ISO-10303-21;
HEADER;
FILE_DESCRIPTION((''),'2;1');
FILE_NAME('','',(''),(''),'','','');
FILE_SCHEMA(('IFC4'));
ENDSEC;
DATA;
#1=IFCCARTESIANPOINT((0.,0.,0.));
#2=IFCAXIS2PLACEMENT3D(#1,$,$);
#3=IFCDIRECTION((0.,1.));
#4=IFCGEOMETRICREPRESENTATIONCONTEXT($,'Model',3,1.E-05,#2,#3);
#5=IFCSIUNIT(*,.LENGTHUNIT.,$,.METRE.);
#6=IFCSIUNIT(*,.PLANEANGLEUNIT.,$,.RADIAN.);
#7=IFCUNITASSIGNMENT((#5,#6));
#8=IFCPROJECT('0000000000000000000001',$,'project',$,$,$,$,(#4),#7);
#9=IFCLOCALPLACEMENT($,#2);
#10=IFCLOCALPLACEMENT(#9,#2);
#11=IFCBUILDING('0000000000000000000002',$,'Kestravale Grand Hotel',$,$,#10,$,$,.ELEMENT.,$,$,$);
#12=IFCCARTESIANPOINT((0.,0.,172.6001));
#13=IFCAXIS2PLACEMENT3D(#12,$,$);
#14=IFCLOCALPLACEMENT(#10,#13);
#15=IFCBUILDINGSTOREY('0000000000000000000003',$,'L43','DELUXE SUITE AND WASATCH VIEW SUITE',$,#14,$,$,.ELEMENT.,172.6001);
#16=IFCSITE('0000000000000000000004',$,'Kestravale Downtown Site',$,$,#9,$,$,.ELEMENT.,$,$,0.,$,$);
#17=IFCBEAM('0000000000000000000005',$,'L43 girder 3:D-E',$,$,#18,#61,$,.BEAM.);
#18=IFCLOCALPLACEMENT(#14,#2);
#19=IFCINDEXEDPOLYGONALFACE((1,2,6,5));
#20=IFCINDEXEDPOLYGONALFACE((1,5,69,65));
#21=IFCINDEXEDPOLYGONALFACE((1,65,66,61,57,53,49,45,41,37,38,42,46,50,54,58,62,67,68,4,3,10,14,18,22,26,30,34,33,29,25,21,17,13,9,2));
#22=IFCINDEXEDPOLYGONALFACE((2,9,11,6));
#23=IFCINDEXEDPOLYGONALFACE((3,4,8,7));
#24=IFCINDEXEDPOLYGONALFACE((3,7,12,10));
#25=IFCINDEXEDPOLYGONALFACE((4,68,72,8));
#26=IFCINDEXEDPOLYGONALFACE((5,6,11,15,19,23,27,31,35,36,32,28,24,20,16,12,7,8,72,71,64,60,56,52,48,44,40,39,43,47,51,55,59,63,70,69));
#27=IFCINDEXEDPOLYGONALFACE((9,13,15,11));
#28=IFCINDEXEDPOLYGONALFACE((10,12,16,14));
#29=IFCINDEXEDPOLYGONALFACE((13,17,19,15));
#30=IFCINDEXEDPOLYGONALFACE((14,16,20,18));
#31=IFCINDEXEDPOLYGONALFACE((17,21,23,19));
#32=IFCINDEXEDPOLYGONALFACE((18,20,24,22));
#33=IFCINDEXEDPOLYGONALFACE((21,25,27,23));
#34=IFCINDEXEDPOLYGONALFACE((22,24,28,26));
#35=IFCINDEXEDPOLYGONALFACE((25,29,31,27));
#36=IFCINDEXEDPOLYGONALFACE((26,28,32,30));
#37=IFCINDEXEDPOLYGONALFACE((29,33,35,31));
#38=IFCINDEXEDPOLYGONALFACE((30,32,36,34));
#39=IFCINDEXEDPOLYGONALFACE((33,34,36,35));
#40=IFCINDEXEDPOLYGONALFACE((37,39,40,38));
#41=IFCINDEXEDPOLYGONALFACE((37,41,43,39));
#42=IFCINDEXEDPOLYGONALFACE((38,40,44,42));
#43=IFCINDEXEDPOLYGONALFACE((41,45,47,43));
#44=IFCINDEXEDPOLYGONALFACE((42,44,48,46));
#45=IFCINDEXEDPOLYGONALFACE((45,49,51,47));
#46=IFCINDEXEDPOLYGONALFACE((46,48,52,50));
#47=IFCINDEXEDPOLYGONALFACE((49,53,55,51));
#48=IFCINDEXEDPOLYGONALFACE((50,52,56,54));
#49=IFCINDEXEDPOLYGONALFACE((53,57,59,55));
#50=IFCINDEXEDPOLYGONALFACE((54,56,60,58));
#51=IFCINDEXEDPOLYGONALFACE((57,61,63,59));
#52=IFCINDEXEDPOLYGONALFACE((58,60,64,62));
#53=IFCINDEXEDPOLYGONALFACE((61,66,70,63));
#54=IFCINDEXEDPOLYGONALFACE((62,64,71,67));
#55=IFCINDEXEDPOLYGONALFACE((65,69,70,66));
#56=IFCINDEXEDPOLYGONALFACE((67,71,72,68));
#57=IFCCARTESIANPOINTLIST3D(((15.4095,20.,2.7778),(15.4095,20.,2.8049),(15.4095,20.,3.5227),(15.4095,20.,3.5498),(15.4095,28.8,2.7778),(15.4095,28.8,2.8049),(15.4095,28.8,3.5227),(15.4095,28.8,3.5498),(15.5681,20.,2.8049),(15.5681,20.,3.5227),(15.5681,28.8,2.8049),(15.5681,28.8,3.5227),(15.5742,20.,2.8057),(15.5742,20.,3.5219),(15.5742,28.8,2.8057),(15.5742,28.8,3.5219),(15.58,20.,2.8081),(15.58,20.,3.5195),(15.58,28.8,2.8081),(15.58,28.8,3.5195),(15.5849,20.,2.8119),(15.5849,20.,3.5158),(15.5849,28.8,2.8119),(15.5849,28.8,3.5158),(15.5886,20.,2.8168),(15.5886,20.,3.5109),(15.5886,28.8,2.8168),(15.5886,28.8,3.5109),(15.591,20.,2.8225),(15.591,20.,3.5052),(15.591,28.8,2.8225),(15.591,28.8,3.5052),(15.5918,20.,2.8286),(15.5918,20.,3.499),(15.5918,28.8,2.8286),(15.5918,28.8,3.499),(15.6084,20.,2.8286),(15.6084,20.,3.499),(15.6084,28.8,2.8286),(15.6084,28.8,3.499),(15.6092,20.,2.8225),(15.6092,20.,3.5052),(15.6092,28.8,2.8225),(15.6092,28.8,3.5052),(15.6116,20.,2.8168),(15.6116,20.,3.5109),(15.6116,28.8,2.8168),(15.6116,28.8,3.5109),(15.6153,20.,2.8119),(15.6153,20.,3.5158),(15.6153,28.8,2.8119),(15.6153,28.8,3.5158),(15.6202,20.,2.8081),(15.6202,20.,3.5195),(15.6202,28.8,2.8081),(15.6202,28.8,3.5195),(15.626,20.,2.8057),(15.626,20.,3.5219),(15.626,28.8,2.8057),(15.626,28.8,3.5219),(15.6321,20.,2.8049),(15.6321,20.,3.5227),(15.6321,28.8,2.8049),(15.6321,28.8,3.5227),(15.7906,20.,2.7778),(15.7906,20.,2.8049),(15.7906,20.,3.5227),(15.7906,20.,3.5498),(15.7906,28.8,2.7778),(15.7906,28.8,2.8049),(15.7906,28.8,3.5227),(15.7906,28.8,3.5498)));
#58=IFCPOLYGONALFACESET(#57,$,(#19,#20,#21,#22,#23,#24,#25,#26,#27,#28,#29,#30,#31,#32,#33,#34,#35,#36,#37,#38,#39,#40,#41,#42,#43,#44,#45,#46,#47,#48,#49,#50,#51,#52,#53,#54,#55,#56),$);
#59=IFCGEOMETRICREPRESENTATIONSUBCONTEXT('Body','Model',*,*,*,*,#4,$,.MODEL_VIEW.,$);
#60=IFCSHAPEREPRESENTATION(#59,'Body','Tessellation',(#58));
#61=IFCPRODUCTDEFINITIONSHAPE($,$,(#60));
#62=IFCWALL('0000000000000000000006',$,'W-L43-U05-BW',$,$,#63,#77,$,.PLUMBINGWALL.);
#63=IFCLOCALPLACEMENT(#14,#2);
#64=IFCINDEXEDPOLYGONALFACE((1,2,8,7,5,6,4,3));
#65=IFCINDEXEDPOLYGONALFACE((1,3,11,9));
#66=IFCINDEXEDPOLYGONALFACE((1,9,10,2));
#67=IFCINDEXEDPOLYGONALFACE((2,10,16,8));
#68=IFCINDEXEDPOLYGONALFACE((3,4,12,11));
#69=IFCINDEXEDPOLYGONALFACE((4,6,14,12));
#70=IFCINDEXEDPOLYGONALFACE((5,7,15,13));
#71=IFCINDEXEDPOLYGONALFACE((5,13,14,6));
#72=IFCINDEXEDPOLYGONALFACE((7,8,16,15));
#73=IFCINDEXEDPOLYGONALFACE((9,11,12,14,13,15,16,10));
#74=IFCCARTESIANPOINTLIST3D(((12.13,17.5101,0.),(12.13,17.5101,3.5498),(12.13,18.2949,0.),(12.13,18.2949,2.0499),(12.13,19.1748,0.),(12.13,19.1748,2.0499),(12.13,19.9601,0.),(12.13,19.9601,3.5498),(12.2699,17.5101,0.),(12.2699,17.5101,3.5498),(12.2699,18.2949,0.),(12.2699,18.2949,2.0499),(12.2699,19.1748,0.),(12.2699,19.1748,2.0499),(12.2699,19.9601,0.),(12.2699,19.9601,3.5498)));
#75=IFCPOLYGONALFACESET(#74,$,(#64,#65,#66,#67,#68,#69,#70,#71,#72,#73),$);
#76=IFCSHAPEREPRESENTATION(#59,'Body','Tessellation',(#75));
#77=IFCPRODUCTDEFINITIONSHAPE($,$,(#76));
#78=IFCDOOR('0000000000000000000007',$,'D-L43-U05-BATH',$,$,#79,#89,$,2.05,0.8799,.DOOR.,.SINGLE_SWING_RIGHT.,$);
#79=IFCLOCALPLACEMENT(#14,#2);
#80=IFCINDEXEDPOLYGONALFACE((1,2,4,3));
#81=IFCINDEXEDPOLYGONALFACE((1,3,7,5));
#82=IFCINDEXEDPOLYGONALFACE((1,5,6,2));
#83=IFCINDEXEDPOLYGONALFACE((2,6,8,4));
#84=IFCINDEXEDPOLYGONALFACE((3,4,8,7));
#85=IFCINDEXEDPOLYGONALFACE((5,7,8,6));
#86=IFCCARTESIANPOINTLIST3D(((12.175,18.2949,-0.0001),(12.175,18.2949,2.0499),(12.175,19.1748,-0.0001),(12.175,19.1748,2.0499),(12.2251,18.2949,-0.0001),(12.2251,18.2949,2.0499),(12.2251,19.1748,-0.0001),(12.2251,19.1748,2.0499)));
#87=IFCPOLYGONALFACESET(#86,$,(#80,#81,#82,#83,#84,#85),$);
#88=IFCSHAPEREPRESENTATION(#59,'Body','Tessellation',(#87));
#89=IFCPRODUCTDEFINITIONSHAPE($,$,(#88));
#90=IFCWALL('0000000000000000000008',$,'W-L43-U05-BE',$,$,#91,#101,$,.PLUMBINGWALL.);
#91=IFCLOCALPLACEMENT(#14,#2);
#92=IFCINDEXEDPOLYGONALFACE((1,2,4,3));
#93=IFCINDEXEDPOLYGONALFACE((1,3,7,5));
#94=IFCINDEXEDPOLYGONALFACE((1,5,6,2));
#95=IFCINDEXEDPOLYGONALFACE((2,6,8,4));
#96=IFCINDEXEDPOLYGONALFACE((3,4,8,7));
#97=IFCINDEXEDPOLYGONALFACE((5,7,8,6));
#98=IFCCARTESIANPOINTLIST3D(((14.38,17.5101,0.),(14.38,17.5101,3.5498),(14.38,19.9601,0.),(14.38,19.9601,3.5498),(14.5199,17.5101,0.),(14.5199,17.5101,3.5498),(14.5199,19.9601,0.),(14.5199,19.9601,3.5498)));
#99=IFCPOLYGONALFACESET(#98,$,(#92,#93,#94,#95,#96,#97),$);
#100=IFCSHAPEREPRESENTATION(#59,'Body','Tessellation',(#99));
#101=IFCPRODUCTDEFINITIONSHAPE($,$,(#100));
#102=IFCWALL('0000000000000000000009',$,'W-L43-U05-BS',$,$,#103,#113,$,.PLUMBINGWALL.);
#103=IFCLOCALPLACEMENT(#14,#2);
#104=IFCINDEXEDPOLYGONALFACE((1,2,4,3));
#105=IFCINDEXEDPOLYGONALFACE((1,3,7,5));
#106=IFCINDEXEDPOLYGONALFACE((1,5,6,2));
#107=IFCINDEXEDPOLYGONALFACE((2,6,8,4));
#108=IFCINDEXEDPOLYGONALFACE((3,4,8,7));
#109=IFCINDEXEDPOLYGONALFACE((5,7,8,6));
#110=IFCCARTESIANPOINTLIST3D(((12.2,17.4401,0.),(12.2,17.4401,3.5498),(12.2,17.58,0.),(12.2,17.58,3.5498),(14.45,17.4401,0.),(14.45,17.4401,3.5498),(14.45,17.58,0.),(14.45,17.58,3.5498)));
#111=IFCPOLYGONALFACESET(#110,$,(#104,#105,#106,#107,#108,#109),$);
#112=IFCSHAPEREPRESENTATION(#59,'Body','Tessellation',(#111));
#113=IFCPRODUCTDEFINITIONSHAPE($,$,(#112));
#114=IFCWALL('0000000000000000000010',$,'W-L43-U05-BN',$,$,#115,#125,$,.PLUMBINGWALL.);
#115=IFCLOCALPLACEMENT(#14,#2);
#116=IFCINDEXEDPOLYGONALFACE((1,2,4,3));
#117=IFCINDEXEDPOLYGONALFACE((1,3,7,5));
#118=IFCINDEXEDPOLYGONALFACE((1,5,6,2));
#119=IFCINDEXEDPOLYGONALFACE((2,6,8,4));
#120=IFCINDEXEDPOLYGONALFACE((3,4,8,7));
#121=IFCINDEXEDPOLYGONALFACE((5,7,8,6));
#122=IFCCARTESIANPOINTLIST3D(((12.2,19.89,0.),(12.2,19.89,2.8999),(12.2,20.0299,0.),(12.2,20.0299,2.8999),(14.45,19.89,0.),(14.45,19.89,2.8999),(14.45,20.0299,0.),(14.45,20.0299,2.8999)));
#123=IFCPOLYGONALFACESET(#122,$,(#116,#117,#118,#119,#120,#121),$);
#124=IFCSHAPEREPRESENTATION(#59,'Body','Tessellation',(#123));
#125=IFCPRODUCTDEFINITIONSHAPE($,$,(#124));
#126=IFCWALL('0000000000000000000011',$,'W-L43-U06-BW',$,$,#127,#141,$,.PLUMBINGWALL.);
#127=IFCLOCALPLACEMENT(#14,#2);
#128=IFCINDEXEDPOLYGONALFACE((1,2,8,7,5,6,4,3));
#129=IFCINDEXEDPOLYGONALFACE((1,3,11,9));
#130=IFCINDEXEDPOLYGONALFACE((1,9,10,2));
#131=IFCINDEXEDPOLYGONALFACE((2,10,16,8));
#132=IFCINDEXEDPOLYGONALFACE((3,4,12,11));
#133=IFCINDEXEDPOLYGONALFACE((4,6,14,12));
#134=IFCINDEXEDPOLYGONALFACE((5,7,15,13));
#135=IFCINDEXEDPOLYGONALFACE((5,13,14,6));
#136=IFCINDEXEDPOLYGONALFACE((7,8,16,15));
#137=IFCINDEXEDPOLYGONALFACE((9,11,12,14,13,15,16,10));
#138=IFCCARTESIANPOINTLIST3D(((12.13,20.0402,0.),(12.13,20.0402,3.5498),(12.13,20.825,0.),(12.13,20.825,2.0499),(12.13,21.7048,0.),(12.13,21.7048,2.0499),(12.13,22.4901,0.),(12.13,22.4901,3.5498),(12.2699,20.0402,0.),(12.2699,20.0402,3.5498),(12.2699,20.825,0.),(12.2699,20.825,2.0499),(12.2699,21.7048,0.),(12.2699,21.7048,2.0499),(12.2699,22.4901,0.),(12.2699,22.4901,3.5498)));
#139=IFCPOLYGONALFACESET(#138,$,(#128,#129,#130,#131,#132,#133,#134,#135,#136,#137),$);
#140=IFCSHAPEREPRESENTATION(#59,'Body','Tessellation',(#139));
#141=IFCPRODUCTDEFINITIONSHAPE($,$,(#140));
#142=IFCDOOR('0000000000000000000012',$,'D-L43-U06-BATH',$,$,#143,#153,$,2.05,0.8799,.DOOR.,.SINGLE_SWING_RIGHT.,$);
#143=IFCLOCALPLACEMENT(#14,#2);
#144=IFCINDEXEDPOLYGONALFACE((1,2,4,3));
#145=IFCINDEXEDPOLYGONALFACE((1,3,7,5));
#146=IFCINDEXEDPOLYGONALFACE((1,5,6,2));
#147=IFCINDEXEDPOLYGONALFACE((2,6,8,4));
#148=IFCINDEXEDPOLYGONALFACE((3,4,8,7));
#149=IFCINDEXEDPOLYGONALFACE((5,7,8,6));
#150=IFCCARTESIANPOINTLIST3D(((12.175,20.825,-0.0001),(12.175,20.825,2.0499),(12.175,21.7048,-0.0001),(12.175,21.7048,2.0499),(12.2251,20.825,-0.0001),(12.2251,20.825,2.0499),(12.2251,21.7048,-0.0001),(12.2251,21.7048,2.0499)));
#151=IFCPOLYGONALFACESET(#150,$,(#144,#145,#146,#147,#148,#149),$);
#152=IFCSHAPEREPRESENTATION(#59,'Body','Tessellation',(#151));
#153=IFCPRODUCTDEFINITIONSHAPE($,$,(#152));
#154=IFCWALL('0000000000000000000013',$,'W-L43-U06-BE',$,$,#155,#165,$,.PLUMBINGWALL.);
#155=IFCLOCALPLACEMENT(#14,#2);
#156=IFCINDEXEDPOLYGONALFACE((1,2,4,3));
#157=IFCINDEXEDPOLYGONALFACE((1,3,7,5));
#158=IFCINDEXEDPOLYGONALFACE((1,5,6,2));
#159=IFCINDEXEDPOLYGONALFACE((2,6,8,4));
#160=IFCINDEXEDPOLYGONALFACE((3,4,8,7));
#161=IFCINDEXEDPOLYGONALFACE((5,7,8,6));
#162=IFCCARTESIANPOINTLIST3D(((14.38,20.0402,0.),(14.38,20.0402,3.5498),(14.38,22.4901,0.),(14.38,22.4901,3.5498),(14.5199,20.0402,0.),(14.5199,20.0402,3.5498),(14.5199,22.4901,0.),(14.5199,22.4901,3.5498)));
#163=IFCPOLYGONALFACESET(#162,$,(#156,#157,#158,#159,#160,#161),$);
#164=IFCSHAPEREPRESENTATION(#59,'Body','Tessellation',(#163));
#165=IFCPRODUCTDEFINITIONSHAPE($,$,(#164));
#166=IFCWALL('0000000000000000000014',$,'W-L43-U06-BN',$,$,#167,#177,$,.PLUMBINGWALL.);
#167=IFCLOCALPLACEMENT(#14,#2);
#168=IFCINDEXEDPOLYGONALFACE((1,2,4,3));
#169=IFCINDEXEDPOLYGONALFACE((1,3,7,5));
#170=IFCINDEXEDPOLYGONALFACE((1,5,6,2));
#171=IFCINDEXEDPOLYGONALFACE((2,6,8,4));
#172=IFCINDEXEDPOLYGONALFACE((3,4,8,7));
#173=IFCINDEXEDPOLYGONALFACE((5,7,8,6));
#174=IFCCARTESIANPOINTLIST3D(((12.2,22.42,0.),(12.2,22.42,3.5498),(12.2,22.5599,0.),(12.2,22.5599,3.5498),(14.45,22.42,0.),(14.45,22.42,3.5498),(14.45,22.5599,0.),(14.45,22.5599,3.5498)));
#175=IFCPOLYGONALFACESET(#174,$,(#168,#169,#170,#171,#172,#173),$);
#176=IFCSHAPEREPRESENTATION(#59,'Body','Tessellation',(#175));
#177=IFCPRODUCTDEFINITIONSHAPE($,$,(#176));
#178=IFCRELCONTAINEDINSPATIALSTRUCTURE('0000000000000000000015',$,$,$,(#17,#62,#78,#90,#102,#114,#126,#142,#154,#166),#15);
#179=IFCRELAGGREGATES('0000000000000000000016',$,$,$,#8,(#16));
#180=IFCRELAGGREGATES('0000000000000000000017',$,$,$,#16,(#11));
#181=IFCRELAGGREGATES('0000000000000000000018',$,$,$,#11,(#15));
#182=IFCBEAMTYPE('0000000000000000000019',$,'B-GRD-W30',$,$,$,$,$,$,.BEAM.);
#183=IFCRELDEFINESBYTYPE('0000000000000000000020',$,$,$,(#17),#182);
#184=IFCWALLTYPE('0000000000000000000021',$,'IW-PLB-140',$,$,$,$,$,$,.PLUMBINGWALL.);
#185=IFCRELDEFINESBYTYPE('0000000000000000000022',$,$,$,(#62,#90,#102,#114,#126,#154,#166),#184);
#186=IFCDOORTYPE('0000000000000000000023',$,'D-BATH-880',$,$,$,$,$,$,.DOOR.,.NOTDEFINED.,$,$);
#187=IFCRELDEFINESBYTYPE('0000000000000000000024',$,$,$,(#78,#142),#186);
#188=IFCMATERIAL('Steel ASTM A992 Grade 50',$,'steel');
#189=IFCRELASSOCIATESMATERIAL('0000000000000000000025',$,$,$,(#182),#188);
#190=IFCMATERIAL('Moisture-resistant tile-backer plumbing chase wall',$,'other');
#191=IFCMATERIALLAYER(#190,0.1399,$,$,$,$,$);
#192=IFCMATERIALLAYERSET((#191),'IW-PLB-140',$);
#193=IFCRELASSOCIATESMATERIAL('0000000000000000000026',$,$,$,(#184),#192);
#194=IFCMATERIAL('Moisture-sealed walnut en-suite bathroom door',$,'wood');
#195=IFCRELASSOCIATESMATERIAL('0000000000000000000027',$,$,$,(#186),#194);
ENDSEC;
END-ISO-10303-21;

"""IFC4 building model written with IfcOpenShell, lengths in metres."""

from ifc_helpers import new_model, si_unit, direction, frame, frame_2d, origin, origin_2d, place, context, subcontext, project, spatial, rectangle, i_section, extrude, material, layer, layer_set, material_profile, profile_set, type_object, element, fill, save


model = new_model("IFC4")

# Units and contexts
model_context = context("Model", 3, precision=1e-05, world=origin(), true_north=direction((0.0, 1.0)))
body_context = subcontext(model_context, "Body", "Model", "MODEL_VIEW")
ifc_project = project(units=[si_unit("LENGTHUNIT", "METRE"), si_unit("PLANEANGLEUNIT", "RADIAN")], contexts=[model_context])

# Site, building, storey
site_placement = place(None, origin())
site = spatial("IfcSite", under=ifc_project, at=site_placement, Name="Kestravale Downtown Site", CompositionType="ELEMENT", RefElevation=0.0)
building_placement = place(site_placement, origin())
building = spatial("IfcBuilding", under=site, at=building_placement, Name="Kestravale Grand Hotel", CompositionType="ELEMENT")
storey_placement = place(building_placement, frame((0.0, 0.0, 172.6001)))
storey = spatial("IfcBuildingStorey", under=building, at=storey_placement, Name="L43", Description="DELUXE SUITE AND WASATCH VIEW SUITE", CompositionType="ELEMENT", Elevation=172.6001)

# Beam
ifc_material_1 = material(Name="Steel ASTM A992 Grade 50", Category="steel")
ifc_material_profile_1 = material_profile(ifc_material_1, i_section(OverallWidth=0.3811, OverallDepth=0.772, WebThickness=0.0166, FlangeThickness=0.0271, FilletRadius=0.0237, at=origin_2d()))
ifc_profile_set_1 = profile_set([ifc_material_profile_1], Name="Steel ASTM A992 Grade 50")
beam_type_1 = type_object("IfcBeamType", Name="B-GRD-W30", PredefinedType="BEAM", material=ifc_profile_set_1)
beam_1_placement = place(storey_placement, frame((15.6001, 20.0, 3.1638), z_axis=(0.0, 1.0, 0.0), x_axis=(-1.0, 0.0, 0.0)))
element("IfcBeam", 1, at=beam_1_placement, inside=storey, type_object=beam_type_1, Name="L43 girder 3:D-E", PredefinedType="BEAM", context=body_context, shape_type="SweptSolid", body=[
    extrude(i_section(OverallWidth=0.3811, OverallDepth=0.772, WebThickness=0.0166, FlangeThickness=0.0271, FilletRadius=0.0237, at=origin_2d()), origin(), (0.0, 0.0, 1.0), 8.8),
])

# Wall, opening, door
ifc_material_2 = material(Name="Moisture-resistant tile-backer plumbing chase wall", Category="other")
ifc_layer_1 = layer(ifc_material_2, 0.1399)
ifc_layer_set_1 = layer_set([ifc_layer_1], Name="IW-PLB-140")
wall_type_1 = type_object("IfcWallType", Name="IW-PLB-140", PredefinedType="PLUMBINGWALL", material=ifc_layer_set_1)
wall_1_placement = place(storey_placement, frame((12.2, 17.51, 0.0), z_axis=(0.0, 0.0, 1.0), x_axis=(0.0, 1.0, 0.0)))
wall_1 = element("IfcWall", 2, at=wall_1_placement, inside=storey, type_object=wall_type_1, Name="W-L43-U05-BW", PredefinedType="PLUMBINGWALL", context=body_context, shape_type="SweptSolid", body=[
    extrude(rectangle(XDim=2.45, YDim=0.1399, at=frame_2d((1.2251, 0.0))), origin(), (0.0, 0.0, 1.0), 3.5498),
])
opening_1_placement = place(wall_1_placement, frame((0.7849, 0.0, 0.0)))
opening_1 = element("IfcOpeningElement", 3, at=opening_1_placement, cuts=wall_1, PredefinedType="OPENING", context=body_context, shape_type="SweptSolid", body=[
    extrude(rectangle(XDim=0.8799, YDim=2.05, at=frame_2d((0.4399, 1.0249))), frame((0.0, 0.0798, 0.0), z_axis=(0.0, -1.0, 0.0), x_axis=(1.0, 0.0, 0.0)), (0.0, 0.0, 1.0), 0.1599),
])
ifc_material_3 = material(Name="Moisture-sealed walnut en-suite bathroom door", Category="wood")
door_type = type_object("IfcDoorType", Name="D-BATH-880", OperationType="NOTDEFINED", PredefinedType="DOOR", material=ifc_material_3)
door_1_placement = place(opening_1_placement, origin())
door_1 = element("IfcDoor", 4, at=door_1_placement, inside=storey, type_object=door_type, Name="D-L43-U05-BATH", OperationType="SINGLE_SWING_RIGHT", OverallHeight=2.05, OverallWidth=0.8799, PredefinedType="DOOR", context=body_context, shape_type="SweptSolid", body=[
    extrude(rectangle(XDim=0.8799, YDim=2.05, at=frame_2d((0.4399, 1.0249))), frame((0.0, 0.0249, 0.0), z_axis=(0.0, -1.0, 0.0), x_axis=(1.0, 0.0, 0.0)), (0.0, 0.0, 1.0), 0.05),
])
fill(opening_1, door_1)

# Walls
wall_2_placement = place(storey_placement, frame((14.45, 17.51, 0.0), z_axis=(0.0, 0.0, 1.0), x_axis=(0.0, 1.0, 0.0)))
element("IfcWall", 5, at=wall_2_placement, inside=storey, type_object=wall_type_1, Name="W-L43-U05-BE", PredefinedType="PLUMBINGWALL", context=body_context, shape_type="SweptSolid", body=[
    extrude(rectangle(XDim=2.45, YDim=0.1399, at=frame_2d((1.2251, 0.0))), origin(), (0.0, 0.0, 1.0), 3.5498),
])
wall_3_placement = place(storey_placement, frame((12.2, 17.51, 0.0), z_axis=(0.0, 0.0, 1.0), x_axis=(1.0, 0.0, 0.0)))
element("IfcWall", 6, at=wall_3_placement, inside=storey, type_object=wall_type_1, Name="W-L43-U05-BS", PredefinedType="PLUMBINGWALL", context=body_context, shape_type="SweptSolid", body=[
    extrude(rectangle(XDim=2.25, YDim=0.1399, at=frame_2d((1.125, 0.0))), origin(), (0.0, 0.0, 1.0), 3.5498),
])
wall_4_placement = place(storey_placement, frame((12.2, 19.96, 0.0), z_axis=(0.0, 0.0, 1.0), x_axis=(1.0, 0.0, 0.0)))
element("IfcWall", 7, at=wall_4_placement, inside=storey, type_object=wall_type_1, Name="W-L43-U05-BN", PredefinedType="PLUMBINGWALL", context=body_context, shape_type="SweptSolid", body=[
    extrude(rectangle(XDim=2.25, YDim=0.1399, at=frame_2d((1.125, 0.0))), origin(), (0.0, 0.0, 1.0), 2.8999),
])

# Wall, opening, door
wall_5_placement = place(storey_placement, frame((12.2, 20.04, 0.0), z_axis=(0.0, 0.0, 1.0), x_axis=(0.0, 1.0, 0.0)))
wall_5 = element("IfcWall", 8, at=wall_5_placement, inside=storey, type_object=wall_type_1, Name="W-L43-U06-BW", PredefinedType="PLUMBINGWALL", context=body_context, shape_type="SweptSolid", body=[
    extrude(rectangle(XDim=2.45, YDim=0.1399, at=frame_2d((1.2251, 0.0))), origin(), (0.0, 0.0, 1.0), 3.5498),
])
opening_2_placement = place(wall_5_placement, frame((0.7849, 0.0, 0.0)))
opening_2 = element("IfcOpeningElement", 9, at=opening_2_placement, cuts=wall_5, PredefinedType="OPENING", context=body_context, shape_type="SweptSolid", body=[
    extrude(rectangle(XDim=0.8799, YDim=2.05, at=frame_2d((0.4399, 1.0249))), frame((0.0, 0.0798, 0.0), z_axis=(0.0, -1.0, 0.0), x_axis=(1.0, 0.0, 0.0)), (0.0, 0.0, 1.0), 0.1599),
])
door_2_placement = place(opening_2_placement, origin())
door_2 = element("IfcDoor", 10, at=door_2_placement, inside=storey, type_object=door_type, Name="D-L43-U06-BATH", OperationType="SINGLE_SWING_RIGHT", OverallHeight=2.05, OverallWidth=0.8799, PredefinedType="DOOR", context=body_context, shape_type="SweptSolid", body=[
    extrude(rectangle(XDim=0.8799, YDim=2.05, at=frame_2d((0.4399, 1.0249))), frame((0.0, 0.0249, 0.0), z_axis=(0.0, -1.0, 0.0), x_axis=(1.0, 0.0, 0.0)), (0.0, 0.0, 1.0), 0.05),
])
fill(opening_2, door_2)

# Walls
wall_6_placement = place(storey_placement, frame((14.45, 20.04, 0.0), z_axis=(0.0, 0.0, 1.0), x_axis=(0.0, 1.0, 0.0)))
element("IfcWall", 11, at=wall_6_placement, inside=storey, type_object=wall_type_1, Name="W-L43-U06-BE", PredefinedType="PLUMBINGWALL", context=body_context, shape_type="SweptSolid", body=[
    extrude(rectangle(XDim=2.45, YDim=0.1399, at=frame_2d((1.2251, 0.0))), origin(), (0.0, 0.0, 1.0), 3.5498),
])
wall_7_placement = place(storey_placement, frame((12.2, 22.49, 0.0), z_axis=(0.0, 0.0, 1.0), x_axis=(1.0, 0.0, 0.0)))
element("IfcWall", 12, at=wall_7_placement, inside=storey, type_object=wall_type_1, Name="W-L43-U06-BN", PredefinedType="PLUMBINGWALL", context=body_context, shape_type="SweptSolid", body=[
    extrude(rectangle(XDim=2.25, YDim=0.1399, at=frame_2d((1.125, 0.0))), origin(), (0.0, 0.0, 1.0), 3.5498),
])

save(model, "model.ifc")
